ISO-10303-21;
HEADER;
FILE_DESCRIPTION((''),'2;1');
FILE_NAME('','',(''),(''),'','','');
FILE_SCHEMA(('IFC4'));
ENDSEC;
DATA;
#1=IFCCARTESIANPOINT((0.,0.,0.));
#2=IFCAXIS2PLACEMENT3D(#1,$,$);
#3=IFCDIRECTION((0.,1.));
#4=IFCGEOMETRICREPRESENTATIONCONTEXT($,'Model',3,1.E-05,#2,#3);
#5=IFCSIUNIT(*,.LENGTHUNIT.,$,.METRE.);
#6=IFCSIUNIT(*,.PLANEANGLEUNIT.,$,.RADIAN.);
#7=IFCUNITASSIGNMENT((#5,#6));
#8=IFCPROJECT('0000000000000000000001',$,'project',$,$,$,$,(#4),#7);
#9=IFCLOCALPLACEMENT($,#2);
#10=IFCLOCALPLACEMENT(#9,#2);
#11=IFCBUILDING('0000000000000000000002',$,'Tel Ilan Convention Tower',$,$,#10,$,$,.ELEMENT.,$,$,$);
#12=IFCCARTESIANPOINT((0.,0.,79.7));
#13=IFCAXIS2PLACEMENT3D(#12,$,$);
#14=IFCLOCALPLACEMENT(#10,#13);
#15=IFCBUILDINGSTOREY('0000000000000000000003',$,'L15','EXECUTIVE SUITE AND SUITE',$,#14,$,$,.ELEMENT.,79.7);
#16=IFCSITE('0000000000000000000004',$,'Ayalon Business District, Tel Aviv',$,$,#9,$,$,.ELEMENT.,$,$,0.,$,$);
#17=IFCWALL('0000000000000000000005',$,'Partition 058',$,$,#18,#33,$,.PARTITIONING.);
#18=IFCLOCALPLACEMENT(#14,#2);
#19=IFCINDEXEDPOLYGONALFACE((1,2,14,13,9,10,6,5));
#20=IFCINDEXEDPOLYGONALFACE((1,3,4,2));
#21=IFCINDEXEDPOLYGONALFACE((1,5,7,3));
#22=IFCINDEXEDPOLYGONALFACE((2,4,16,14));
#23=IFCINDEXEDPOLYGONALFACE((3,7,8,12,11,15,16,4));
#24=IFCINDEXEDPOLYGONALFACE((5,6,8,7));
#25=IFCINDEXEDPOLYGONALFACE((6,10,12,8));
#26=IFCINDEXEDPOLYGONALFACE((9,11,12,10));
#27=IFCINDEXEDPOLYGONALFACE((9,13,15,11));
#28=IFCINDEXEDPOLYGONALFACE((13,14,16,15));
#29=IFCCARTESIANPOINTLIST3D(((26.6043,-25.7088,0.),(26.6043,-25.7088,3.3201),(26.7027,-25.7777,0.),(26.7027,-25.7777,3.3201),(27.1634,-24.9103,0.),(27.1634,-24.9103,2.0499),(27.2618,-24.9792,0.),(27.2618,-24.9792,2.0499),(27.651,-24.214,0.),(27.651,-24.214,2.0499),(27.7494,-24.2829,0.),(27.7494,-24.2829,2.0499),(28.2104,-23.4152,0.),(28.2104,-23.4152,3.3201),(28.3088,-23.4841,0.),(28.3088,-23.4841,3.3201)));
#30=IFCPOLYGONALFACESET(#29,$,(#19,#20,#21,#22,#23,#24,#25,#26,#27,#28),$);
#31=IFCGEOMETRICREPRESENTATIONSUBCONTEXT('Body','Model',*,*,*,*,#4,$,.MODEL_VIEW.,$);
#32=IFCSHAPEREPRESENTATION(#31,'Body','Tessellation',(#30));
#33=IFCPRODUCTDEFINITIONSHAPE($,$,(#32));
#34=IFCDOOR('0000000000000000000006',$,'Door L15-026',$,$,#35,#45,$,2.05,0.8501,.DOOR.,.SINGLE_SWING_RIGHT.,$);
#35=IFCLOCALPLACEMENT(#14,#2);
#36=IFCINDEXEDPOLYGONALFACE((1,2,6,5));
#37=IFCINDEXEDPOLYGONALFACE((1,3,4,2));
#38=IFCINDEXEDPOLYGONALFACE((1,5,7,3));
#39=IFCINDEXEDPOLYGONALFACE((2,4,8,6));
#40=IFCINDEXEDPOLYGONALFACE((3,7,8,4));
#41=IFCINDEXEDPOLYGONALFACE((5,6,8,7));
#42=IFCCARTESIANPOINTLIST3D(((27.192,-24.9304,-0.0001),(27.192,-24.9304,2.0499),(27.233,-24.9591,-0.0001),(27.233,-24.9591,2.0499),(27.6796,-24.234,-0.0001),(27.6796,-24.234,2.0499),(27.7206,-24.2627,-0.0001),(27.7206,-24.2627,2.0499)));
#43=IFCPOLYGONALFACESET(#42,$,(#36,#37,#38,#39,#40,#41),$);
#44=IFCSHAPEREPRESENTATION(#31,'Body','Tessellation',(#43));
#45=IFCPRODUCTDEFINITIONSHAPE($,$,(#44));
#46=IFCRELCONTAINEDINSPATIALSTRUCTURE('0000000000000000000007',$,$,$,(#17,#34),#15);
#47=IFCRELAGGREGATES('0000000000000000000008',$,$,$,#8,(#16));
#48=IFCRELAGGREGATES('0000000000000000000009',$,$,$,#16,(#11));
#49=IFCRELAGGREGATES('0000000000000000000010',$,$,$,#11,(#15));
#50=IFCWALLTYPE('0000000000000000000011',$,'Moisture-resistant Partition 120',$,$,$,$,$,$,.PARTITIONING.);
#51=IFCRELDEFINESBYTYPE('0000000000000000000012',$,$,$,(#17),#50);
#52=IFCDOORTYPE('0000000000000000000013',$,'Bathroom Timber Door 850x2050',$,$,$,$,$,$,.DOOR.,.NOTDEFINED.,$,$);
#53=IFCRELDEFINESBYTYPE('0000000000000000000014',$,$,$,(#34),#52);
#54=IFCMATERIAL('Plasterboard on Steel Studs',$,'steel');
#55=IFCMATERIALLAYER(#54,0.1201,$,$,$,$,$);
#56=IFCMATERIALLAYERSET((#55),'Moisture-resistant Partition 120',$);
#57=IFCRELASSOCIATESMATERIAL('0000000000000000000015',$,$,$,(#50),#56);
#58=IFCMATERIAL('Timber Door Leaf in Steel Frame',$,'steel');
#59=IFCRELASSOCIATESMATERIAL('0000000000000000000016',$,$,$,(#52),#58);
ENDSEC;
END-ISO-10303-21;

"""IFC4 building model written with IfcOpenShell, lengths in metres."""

from ifc_helpers import new_model, si_unit, direction, frame, frame_2d, origin, place, context, subcontext, project, spatial, rectangle, extrude, material, layer, layer_set, type_object, element, fill, save


model = new_model("IFC4")

# Units and contexts
model_context = context("Model", 3, precision=1e-05, world=origin(), true_north=direction((0.0, 1.0)))
body_context = subcontext(model_context, "Body", "Model", "MODEL_VIEW")
ifc_project = project(units=[si_unit("LENGTHUNIT", "METRE"), si_unit("PLANEANGLEUNIT", "RADIAN")], contexts=[model_context])

# Site, building, storey
site_placement = place(None, origin())
site = spatial("IfcSite", under=ifc_project, at=site_placement, Name="Ayalon Business District, Tel Aviv", CompositionType="ELEMENT", RefElevation=0.0)
building_placement = place(site_placement, origin())
building = spatial("IfcBuilding", under=site, at=building_placement, Name="Tel Ilan Convention Tower", CompositionType="ELEMENT")
storey_placement = place(building_placement, frame((0.0, 0.0, 79.7)))
storey = spatial("IfcBuildingStorey", under=building, at=storey_placement, Name="L15", Description="EXECUTIVE SUITE AND SUITE", CompositionType="ELEMENT", Elevation=79.7)

# Shared definitions
ifc_material_1 = material(Name="Plasterboard on Steel Studs", Category="steel")
ifc_layer_1 = layer(ifc_material_1, 0.1201)
ifc_layer_set_1 = layer_set([ifc_layer_1], Name="Moisture-resistant Partition 120")
wall_type_1 = type_object("IfcWallType", Name="Moisture-resistant Partition 120", PredefinedType="PARTITIONING", material=ifc_layer_set_1)
ifc_material_2 = material(Name="Timber Door Leaf in Steel Frame", Category="steel")
door_type_1 = type_object("IfcDoorType", Name="Bathroom Timber Door 850x2050", OperationType="NOTDEFINED", PredefinedType="DOOR", material=ifc_material_2)

# Wall, opening, door
wall_1_placement = place(storey_placement, frame((28.2595, -23.4497, 0.0), z_axis=(0.0, 0.0, 1.0), x_axis=(-0.573609, -0.81913, 0.0)))
wall_1 = element("IfcWall", 1, at=wall_1_placement, inside=storey, type_object=wall_type_1, Name="Partition 058", PredefinedType="PARTITIONING", context=body_context, shape_type="SweptSolid", body=[
    extrude(rectangle(XDim=2.8, YDim=0.1201, at=frame_2d((1.3999, 0.0))), origin(), (0.0, 0.0, 1.0), 3.3201),
])
opening_1_placement = place(wall_1_placement, frame((0.9751, 0.0, 0.0)))
opening_1 = element("IfcOpeningElement", 2, at=opening_1_placement, cuts=wall_1, PredefinedType="OPENING", context=body_context, shape_type="SweptSolid", body=[
    extrude(rectangle(XDim=0.8501, YDim=2.05, at=frame_2d((0.425, 1.0249))), frame((0.0, 0.0701, 0.0), z_axis=(0.0, -1.0, 0.0), x_axis=(1.0, 0.0, 0.0)), (0.0, 0.0, 1.0), 0.1401),
])
door_1_placement = place(opening_1_placement, origin())
door_1 = element("IfcDoor", 3, at=door_1_placement, inside=storey, type_object=door_type_1, Name="Door L15-026", OperationType="SINGLE_SWING_RIGHT", OverallHeight=2.05, OverallWidth=0.8501, PredefinedType="DOOR", context=body_context, shape_type="SweptSolid", body=[
    extrude(rectangle(XDim=0.8501, YDim=2.05, at=frame_2d((0.425, 1.0249))), frame((0.0, 0.0249, 0.0), z_axis=(0.0, -1.0, 0.0), x_axis=(1.0, 0.0, 0.0)), (0.0, 0.0, 1.0), 0.05),
])
fill(opening_1, door_1)

save(model, "model.ifc")
